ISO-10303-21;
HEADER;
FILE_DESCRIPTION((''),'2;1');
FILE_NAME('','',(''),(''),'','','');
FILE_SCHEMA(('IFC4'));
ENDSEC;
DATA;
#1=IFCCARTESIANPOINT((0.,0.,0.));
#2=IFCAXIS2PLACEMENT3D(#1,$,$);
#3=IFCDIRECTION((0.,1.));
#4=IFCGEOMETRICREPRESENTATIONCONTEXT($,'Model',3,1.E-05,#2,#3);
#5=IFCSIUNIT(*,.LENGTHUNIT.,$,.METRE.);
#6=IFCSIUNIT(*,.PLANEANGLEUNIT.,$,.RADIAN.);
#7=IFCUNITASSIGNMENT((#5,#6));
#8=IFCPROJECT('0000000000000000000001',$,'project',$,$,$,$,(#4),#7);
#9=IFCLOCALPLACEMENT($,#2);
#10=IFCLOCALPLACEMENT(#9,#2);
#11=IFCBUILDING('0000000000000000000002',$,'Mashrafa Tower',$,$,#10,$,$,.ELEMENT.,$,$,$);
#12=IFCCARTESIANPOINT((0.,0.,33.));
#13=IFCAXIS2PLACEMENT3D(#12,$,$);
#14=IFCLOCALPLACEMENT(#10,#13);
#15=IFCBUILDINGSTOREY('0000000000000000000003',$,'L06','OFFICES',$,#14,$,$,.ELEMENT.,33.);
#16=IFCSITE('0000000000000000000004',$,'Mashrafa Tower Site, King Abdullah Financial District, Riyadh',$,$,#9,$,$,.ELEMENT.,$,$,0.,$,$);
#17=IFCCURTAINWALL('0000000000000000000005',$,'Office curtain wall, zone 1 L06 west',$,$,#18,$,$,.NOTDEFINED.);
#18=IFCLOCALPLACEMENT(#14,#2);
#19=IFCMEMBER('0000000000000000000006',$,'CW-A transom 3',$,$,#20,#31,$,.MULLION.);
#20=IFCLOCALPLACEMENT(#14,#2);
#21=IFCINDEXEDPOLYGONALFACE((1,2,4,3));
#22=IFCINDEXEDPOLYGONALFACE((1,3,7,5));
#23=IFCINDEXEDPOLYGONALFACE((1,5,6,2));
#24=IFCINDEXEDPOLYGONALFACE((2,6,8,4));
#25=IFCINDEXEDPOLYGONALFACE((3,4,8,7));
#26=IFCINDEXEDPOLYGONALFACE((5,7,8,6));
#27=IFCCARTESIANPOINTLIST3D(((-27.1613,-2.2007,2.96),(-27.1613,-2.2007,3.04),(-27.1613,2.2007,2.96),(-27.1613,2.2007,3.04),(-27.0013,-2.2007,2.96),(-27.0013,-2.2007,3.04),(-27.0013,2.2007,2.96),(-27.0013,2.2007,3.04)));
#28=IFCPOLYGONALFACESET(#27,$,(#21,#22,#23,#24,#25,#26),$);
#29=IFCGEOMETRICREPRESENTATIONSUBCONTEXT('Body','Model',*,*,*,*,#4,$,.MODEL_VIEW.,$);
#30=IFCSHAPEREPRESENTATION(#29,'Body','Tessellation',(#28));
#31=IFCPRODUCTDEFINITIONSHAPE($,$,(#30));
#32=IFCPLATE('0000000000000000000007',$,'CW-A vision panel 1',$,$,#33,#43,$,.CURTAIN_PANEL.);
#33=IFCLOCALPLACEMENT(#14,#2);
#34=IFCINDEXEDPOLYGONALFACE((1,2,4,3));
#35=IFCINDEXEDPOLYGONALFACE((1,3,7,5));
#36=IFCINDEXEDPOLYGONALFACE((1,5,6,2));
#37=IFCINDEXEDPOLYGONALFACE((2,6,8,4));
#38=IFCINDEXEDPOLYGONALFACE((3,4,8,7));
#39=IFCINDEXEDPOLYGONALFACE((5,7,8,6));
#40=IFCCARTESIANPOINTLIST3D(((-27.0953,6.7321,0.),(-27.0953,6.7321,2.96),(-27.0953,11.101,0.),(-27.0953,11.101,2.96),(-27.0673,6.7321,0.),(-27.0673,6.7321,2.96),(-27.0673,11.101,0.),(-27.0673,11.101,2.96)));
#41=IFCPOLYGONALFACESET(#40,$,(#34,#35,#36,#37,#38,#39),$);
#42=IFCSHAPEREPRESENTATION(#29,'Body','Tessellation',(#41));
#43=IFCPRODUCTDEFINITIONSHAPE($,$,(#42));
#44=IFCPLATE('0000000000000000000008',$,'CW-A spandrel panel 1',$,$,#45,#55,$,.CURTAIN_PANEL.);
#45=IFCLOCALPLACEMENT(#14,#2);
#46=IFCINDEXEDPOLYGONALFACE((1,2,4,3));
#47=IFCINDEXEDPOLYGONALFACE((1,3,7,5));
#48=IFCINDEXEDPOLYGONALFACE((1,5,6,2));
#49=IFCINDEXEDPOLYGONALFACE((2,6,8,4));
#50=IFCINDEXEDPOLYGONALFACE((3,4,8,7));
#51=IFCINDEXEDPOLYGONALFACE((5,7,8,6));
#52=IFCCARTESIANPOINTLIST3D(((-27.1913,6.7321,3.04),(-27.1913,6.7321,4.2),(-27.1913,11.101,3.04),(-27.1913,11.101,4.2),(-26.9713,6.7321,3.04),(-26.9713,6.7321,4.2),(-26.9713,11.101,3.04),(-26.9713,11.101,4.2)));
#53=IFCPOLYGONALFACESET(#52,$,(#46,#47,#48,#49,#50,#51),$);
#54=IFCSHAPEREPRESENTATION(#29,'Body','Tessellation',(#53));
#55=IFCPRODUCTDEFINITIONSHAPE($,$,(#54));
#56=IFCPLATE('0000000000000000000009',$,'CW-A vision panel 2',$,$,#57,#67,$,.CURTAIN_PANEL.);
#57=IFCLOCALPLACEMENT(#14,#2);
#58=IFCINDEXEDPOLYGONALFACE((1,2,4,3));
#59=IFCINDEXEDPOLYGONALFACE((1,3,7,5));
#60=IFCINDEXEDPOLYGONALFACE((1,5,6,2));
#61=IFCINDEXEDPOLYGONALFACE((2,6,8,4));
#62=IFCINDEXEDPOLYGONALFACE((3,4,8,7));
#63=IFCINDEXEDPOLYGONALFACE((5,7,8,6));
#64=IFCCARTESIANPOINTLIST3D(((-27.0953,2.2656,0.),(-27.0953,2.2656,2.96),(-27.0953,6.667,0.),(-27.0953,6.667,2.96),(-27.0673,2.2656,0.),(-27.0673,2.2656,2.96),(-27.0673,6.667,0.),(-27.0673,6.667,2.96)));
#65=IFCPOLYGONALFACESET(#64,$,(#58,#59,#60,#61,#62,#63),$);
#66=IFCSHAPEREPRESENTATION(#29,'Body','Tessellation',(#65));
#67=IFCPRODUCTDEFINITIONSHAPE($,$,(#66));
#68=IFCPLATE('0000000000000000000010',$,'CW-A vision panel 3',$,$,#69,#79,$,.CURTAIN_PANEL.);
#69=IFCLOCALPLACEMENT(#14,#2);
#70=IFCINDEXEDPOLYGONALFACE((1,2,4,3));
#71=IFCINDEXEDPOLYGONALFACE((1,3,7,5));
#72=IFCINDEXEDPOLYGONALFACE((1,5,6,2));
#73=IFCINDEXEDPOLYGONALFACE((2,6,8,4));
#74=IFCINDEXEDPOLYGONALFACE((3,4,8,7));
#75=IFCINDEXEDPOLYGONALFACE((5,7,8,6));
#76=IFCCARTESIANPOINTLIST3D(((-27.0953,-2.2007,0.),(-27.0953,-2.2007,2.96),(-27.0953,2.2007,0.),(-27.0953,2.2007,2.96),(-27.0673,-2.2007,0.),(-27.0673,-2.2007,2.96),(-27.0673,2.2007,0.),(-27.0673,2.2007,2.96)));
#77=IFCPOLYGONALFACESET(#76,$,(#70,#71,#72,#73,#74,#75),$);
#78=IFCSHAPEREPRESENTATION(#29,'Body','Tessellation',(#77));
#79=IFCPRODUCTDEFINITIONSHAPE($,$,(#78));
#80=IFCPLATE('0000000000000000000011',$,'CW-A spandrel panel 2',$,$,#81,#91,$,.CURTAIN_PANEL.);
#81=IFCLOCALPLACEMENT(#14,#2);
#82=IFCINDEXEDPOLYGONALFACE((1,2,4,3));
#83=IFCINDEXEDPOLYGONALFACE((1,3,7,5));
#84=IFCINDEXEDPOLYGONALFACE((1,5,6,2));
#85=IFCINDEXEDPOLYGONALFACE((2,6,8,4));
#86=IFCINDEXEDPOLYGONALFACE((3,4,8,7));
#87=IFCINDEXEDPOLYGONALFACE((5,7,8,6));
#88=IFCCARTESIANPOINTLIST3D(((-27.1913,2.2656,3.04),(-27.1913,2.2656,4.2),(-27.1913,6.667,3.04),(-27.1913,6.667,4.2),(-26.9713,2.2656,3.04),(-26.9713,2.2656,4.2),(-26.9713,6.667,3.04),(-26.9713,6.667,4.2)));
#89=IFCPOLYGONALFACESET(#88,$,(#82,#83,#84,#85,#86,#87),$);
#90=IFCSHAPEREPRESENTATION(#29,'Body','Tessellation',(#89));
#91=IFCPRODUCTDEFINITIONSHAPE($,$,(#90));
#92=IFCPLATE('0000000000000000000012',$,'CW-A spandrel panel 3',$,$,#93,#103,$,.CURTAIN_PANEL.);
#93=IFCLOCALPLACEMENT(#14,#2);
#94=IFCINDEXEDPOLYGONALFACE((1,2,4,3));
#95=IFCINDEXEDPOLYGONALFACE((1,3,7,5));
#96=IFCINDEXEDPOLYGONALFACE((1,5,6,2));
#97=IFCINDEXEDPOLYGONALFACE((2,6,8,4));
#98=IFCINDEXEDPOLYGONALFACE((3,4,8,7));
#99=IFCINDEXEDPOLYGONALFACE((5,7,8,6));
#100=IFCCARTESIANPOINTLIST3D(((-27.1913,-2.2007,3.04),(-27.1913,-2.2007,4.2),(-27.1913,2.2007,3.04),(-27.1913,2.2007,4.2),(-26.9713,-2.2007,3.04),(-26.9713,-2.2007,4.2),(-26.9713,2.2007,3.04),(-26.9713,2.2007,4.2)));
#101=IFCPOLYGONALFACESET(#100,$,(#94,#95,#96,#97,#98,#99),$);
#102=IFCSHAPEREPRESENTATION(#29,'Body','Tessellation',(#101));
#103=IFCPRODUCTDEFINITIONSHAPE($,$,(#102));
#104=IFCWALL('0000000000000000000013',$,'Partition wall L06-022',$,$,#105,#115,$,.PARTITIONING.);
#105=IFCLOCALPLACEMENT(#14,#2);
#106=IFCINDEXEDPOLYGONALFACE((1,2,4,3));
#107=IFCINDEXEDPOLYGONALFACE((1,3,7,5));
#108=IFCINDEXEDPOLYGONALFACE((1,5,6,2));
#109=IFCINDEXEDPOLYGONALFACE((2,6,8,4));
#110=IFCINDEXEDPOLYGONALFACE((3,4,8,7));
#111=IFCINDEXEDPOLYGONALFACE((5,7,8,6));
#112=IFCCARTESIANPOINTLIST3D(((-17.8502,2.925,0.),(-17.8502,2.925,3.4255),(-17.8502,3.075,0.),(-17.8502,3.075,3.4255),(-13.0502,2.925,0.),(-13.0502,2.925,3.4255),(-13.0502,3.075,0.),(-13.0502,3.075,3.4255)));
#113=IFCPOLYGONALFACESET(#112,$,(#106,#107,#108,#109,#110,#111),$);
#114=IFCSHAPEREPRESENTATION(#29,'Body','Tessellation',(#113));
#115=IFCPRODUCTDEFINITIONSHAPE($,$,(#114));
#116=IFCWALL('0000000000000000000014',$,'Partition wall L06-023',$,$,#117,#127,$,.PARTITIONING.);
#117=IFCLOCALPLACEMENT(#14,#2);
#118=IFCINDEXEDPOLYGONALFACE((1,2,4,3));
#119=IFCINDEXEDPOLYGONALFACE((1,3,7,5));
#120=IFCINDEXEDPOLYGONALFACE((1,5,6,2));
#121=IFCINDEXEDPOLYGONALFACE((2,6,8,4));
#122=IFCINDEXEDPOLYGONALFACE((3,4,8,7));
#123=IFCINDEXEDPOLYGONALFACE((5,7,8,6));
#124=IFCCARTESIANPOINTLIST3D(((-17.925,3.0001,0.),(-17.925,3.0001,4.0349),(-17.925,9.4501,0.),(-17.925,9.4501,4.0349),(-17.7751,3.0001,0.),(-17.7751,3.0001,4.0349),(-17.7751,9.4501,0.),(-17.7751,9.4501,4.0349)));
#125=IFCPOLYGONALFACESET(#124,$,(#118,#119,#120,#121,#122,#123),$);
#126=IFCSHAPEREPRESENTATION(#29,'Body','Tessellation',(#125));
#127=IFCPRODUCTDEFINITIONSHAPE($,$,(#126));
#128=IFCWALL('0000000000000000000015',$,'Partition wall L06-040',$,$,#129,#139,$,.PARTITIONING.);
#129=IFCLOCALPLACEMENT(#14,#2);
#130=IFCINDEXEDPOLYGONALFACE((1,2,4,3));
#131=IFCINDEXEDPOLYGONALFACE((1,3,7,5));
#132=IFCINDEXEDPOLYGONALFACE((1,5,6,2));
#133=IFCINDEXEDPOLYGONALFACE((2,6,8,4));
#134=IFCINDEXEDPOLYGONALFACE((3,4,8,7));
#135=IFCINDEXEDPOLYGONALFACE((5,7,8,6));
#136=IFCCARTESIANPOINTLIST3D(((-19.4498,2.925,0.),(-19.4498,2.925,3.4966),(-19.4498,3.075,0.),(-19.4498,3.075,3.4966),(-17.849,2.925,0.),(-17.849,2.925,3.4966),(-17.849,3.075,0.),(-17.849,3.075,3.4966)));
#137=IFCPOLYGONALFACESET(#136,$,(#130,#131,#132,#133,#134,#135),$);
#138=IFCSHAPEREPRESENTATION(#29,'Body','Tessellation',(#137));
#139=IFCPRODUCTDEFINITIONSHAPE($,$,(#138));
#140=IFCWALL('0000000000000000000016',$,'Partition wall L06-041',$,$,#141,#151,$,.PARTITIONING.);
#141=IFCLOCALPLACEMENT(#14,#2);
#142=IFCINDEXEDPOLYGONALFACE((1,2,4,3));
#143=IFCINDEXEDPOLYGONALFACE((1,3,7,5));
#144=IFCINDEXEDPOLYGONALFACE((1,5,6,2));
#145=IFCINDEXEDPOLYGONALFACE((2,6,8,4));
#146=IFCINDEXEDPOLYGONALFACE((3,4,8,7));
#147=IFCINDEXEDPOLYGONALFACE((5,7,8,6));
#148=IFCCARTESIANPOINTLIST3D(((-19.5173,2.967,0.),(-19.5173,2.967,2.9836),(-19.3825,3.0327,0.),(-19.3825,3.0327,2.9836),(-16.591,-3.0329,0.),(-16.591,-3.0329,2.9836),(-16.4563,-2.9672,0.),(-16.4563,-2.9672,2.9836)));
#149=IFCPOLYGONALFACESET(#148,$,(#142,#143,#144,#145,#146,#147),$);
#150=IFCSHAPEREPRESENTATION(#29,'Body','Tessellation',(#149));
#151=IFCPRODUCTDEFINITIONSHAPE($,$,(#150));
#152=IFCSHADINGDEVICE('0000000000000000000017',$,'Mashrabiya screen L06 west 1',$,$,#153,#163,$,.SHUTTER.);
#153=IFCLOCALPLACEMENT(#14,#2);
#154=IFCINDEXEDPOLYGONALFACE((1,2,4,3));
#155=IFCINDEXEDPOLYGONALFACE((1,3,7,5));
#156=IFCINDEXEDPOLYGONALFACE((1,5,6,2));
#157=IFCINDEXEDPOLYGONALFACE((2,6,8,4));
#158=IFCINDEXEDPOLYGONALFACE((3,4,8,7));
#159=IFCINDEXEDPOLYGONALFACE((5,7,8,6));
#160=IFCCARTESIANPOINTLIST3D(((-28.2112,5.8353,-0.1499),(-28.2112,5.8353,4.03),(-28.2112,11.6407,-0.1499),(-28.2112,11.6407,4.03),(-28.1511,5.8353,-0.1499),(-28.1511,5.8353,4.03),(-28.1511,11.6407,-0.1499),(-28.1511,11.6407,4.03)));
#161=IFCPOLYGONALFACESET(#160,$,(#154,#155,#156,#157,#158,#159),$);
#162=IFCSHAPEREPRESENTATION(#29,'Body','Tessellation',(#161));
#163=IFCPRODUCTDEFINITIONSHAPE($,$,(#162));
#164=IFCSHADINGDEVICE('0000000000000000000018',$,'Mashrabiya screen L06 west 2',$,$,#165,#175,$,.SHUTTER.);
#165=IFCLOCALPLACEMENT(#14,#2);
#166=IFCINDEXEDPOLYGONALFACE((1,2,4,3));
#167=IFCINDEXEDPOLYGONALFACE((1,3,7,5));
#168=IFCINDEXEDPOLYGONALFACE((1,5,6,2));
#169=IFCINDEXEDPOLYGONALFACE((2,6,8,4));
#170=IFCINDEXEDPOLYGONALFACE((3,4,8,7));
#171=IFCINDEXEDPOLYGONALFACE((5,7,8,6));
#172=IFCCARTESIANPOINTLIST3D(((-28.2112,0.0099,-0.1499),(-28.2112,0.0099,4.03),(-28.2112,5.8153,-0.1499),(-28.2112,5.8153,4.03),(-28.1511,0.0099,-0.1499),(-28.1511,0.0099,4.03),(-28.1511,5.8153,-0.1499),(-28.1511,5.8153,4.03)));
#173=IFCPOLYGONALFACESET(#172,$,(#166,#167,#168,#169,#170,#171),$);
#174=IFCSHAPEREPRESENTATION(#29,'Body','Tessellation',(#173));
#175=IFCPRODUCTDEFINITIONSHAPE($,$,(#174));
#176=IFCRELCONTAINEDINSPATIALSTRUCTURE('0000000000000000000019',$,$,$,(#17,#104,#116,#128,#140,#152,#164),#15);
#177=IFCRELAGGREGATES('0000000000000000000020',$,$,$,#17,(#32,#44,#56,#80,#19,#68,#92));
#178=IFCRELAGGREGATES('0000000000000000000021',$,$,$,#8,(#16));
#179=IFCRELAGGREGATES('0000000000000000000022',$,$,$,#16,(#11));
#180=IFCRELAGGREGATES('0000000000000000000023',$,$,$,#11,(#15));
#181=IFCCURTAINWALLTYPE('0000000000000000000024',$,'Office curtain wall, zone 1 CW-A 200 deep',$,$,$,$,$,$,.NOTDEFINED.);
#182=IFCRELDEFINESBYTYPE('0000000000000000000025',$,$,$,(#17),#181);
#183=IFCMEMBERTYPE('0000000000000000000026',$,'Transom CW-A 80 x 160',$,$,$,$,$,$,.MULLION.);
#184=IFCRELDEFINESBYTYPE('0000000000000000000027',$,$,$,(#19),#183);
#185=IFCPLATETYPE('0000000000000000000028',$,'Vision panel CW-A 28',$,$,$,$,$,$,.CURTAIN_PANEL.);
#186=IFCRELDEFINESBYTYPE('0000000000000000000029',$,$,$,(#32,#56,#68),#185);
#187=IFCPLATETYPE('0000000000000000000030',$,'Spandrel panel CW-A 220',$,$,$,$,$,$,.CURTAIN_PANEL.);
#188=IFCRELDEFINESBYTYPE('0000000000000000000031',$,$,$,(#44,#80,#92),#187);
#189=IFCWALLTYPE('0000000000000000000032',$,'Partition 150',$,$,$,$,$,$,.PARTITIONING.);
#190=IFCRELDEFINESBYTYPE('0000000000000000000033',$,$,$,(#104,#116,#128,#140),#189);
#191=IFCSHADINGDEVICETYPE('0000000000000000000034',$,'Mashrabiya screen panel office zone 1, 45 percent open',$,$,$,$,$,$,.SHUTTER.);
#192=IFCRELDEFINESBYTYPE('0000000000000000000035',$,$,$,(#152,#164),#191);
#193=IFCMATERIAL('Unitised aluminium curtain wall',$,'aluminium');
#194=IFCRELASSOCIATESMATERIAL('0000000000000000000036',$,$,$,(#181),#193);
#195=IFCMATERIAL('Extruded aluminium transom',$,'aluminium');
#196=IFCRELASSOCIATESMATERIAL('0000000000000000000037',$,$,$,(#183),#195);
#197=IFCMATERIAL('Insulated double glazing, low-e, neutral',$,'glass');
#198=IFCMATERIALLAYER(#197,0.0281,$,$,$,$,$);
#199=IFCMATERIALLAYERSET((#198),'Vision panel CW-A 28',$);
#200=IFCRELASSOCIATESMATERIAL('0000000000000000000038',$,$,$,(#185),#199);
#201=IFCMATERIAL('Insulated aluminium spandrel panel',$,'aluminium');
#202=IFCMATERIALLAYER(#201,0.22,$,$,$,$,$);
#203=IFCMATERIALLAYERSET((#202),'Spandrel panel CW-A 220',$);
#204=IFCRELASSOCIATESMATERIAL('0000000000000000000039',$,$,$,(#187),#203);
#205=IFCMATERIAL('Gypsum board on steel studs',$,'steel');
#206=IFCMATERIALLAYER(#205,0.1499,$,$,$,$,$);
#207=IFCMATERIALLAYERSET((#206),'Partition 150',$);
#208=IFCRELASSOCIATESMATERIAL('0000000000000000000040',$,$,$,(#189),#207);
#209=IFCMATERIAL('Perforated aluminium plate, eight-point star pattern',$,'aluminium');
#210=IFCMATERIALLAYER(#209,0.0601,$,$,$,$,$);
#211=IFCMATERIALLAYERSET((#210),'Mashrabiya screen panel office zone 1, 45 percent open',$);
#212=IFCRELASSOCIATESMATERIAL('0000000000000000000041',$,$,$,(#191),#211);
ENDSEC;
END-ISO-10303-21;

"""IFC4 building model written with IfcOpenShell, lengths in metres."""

from ifc_helpers import new_model, si_unit, direction, frame, frame_2d, origin, origin_2d, place, context, subcontext, project, spatial, rectangle, extrude, source, transform, mapped, material, layer, layer_set, material_profile, profile_set, type_object, type_shapes, element, aggregate, save


model = new_model("IFC4")

# Units and contexts
model_context = context("Model", 3, precision=1e-05, world=origin(), true_north=direction((0.0, 1.0)))
body_context = subcontext(model_context, "Body", "Model", "MODEL_VIEW")
ifc_project = project(units=[si_unit("LENGTHUNIT", "METRE"), si_unit("PLANEANGLEUNIT", "RADIAN")], contexts=[model_context])

# Site, building, storey
site_placement = place(None, origin())
site = spatial("IfcSite", under=ifc_project, at=site_placement, Name="Mashrafa Tower Site, King Abdullah Financial District, Riyadh", CompositionType="ELEMENT", RefElevation=0.0)
building_placement = place(site_placement, origin())
building = spatial("IfcBuilding", under=site, at=building_placement, Name="Mashrafa Tower", CompositionType="ELEMENT")
storey_placement = place(building_placement, frame((0.0, 0.0, 33.0)))
storey = spatial("IfcBuildingStorey", under=building, at=storey_placement, Name="L06", Description="OFFICES", CompositionType="ELEMENT", Elevation=33.0)

# Curtain wall, member, plates
ifc_material_1 = material(Name="Unitised aluminium curtain wall", Category="aluminium")
curtain_wall_type = type_object("IfcCurtainWallType", Name="Office curtain wall, zone 1 CW-A 200 deep", PredefinedType="NOTDEFINED", material=ifc_material_1)
curtain_wall_placement = place(storey_placement, origin())
curtain_wall = element("IfcCurtainWall", 1, at=curtain_wall_placement, inside=storey, type_object=curtain_wall_type, Name="Office curtain wall, zone 1 L06 west", PredefinedType="NOTDEFINED")
ifc_material_2 = material(Name="Extruded aluminium transom", Category="aluminium")
ifc_material_profile_1 = material_profile(ifc_material_2, rectangle(XDim=0.1599, YDim=0.0801, at=origin_2d()), Name="Transom 80x160")
ifc_profile_set_1 = profile_set([ifc_material_profile_1], Name="Extruded aluminium transom")
member_type_1 = type_object("IfcMemberType", Name="Transom CW-A 80 x 160", PredefinedType="MULLION", material=ifc_profile_set_1)
shared_shape_1 = source(origin(), body_context, "Body", "SweptSolid", [
    extrude(rectangle(XDim=0.1599, YDim=0.0801, at=origin_2d()), origin(), (0.0, 0.0, 1.0), 4.4014),
])
type_shapes(member_type_1, [shared_shape_1])
member_1_placement = place(storey_placement, frame((-27.0813, 2.2007, 3.0), z_axis=(0.0, -1.0, 0.0), x_axis=(1.0, 0.0, 0.0)))
member_1 = element("IfcMember", 2, at=member_1_placement, type_object=member_type_1, Name="CW-A transom 3", PredefinedType="MULLION", context=body_context, shape_type="MappedRepresentation", body=[
    mapped(shared_shape_1, transform((0.0, 0.0, 0.0))),
])
ifc_material_3 = material(Name="Insulated double glazing, low-e, neutral", Category="glass")
ifc_layer_1 = layer(ifc_material_3, 0.0281)
ifc_layer_set_1 = layer_set([ifc_layer_1], Name="Vision panel CW-A 28")
plate_type_1 = type_object("IfcPlateType", Name="Vision panel CW-A 28", PredefinedType="CURTAIN_PANEL", material=ifc_layer_set_1)
shared_shape_2 = source(origin(), body_context, "Body", "SweptSolid", [
    extrude(rectangle(XDim=4.3689, YDim=0.0281, at=origin_2d()), origin(), (0.0, 0.0, 1.0), 2.96),
])
plate_1_placement = place(storey_placement, frame((-27.0813, 8.9165, 0.0), z_axis=(0.0, 0.0, 1.0), x_axis=(0.0, -1.0, 0.0)))
plate_1 = element("IfcPlate", 3, at=plate_1_placement, type_object=plate_type_1, Name="CW-A vision panel 1", PredefinedType="CURTAIN_PANEL", context=body_context, shape_type="MappedRepresentation", body=[
    mapped(shared_shape_2, transform((0.0, 0.0, 0.0))),
])
ifc_material_4 = material(Name="Insulated aluminium spandrel panel", Category="aluminium")
ifc_layer_2 = layer(ifc_material_4, 0.22)
ifc_layer_set_2 = layer_set([ifc_layer_2], Name="Spandrel panel CW-A 220")
plate_type_2 = type_object("IfcPlateType", Name="Spandrel panel CW-A 220", PredefinedType="CURTAIN_PANEL", material=ifc_layer_set_2)
shared_shape_3 = source(origin(), body_context, "Body", "SweptSolid", [
    extrude(rectangle(XDim=4.3689, YDim=0.22, at=origin_2d()), origin(), (0.0, 0.0, 1.0), 1.1599),
])
plate_2_placement = place(storey_placement, frame((-27.0813, 8.9165, 3.04), z_axis=(0.0, 0.0, 1.0), x_axis=(0.0, -1.0, 0.0)))
plate_2 = element("IfcPlate", 4, at=plate_2_placement, type_object=plate_type_2, Name="CW-A spandrel panel 1", PredefinedType="CURTAIN_PANEL", context=body_context, shape_type="MappedRepresentation", body=[
    mapped(shared_shape_3, transform((0.0, 0.0, 0.0))),
])
shared_shape_4 = source(origin(), body_context, "Body", "SweptSolid", [
    extrude(rectangle(XDim=4.4014, YDim=0.0281, at=origin_2d()), origin(), (0.0, 0.0, 1.0), 2.96),
])
type_shapes(plate_type_1, [shared_shape_2, shared_shape_4])
plate_3_placement = place(storey_placement, frame((-27.0813, 4.4663, 0.0), z_axis=(0.0, 0.0, 1.0), x_axis=(0.0, -1.0, 0.0)))
plate_3 = element("IfcPlate", 5, at=plate_3_placement, type_object=plate_type_1, Name="CW-A vision panel 2", PredefinedType="CURTAIN_PANEL", context=body_context, shape_type="MappedRepresentation", body=[
    mapped(shared_shape_4, transform((0.0, 0.0, 0.0))),
])
plate_4_placement = place(storey_placement, frame((-27.0813, 0.0, 0.0), z_axis=(0.0, 0.0, 1.0), x_axis=(0.0, -1.0, 0.0)))
plate_4 = element("IfcPlate", 6, at=plate_4_placement, type_object=plate_type_1, Name="CW-A vision panel 3", PredefinedType="CURTAIN_PANEL", context=body_context, shape_type="MappedRepresentation", body=[
    mapped(shared_shape_4, transform((0.0, 0.0, 0.0))),
])
shared_shape_5 = source(origin(), body_context, "Body", "SweptSolid", [
    extrude(rectangle(XDim=4.4014, YDim=0.22, at=origin_2d()), origin(), (0.0, 0.0, 1.0), 1.1599),
])
type_shapes(plate_type_2, [shared_shape_3, shared_shape_5])
plate_5_placement = place(storey_placement, frame((-27.0813, 4.4663, 3.04), z_axis=(0.0, 0.0, 1.0), x_axis=(0.0, -1.0, 0.0)))
plate_5 = element("IfcPlate", 7, at=plate_5_placement, type_object=plate_type_2, Name="CW-A spandrel panel 2", PredefinedType="CURTAIN_PANEL", context=body_context, shape_type="MappedRepresentation", body=[
    mapped(shared_shape_5, transform((0.0, 0.0, 0.0))),
])
plate_6_placement = place(storey_placement, frame((-27.0813, 0.0, 3.04), z_axis=(0.0, 0.0, 1.0), x_axis=(0.0, -1.0, 0.0)))
plate_6 = element("IfcPlate", 8, at=plate_6_placement, type_object=plate_type_2, Name="CW-A spandrel panel 3", PredefinedType="CURTAIN_PANEL", context=body_context, shape_type="MappedRepresentation", body=[
    mapped(shared_shape_5, transform((0.0, 0.0, 0.0))),
])
aggregate(curtain_wall, [plate_1, plate_2, plate_3, plate_5, member_1, plate_4, plate_6])

# Walls
ifc_material_5 = material(Name="Gypsum board on steel studs", Category="steel")
ifc_layer_3 = layer(ifc_material_5, 0.1499)
ifc_layer_set_3 = layer_set([ifc_layer_3], Name="Partition 150")
wall_type = type_object("IfcWallType", Name="Partition 150", PredefinedType="PARTITIONING", material=ifc_layer_set_3)
wall_1_placement = place(storey_placement, frame((-17.8501, 3.0, 0.0), z_axis=(0.0, 0.0, 1.0), x_axis=(1.0, 0.0, 0.0)))
element("IfcWall", 9, at=wall_1_placement, inside=storey, type_object=wall_type, Name="Partition wall L06-022", PredefinedType="PARTITIONING", context=body_context, shape_type="SweptSolid", body=[
    extrude(rectangle(XDim=4.8, YDim=0.1499, at=frame_2d((2.3999, 0.0))), origin(), (0.0, 0.0, 1.0), 3.4255),
])
wall_2_placement = place(storey_placement, frame((-17.8501, 3.0, 0.0), z_axis=(0.0, 0.0, 1.0), x_axis=(0.0, 1.0, 0.0)))
element("IfcWall", 10, at=wall_2_placement, inside=storey, type_object=wall_type, Name="Partition wall L06-023", PredefinedType="PARTITIONING", context=body_context, shape_type="SweptSolid", body=[
    extrude(rectangle(XDim=6.45, YDim=0.1499, at=frame_2d((3.2251, 0.0))), origin(), (0.0, 0.0, 1.0), 4.0349),
])
wall_3_placement = place(storey_placement, frame((-17.8491, 3.0, 0.0), z_axis=(0.0, 0.0, 1.0), x_axis=(-1.0, 0.0, 0.0)))
element("IfcWall", 11, at=wall_3_placement, inside=storey, type_object=wall_type, Name="Partition wall L06-040", PredefinedType="PARTITIONING", context=body_context, shape_type="SweptSolid", body=[
    extrude(rectangle(XDim=1.6008, YDim=0.1499, at=frame_2d((0.8003, 0.0))), origin(), (0.0, 0.0, 1.0), 3.4966),
])
wall_4_placement = place(storey_placement, frame((-19.45, 3.0, 0.0), z_axis=(0.0, 0.0, 1.0), x_axis=(0.438356, -0.898801, 0.0)))
element("IfcWall", 12, at=wall_4_placement, inside=storey, type_object=wall_type, Name="Partition wall L06-041", PredefinedType="PARTITIONING", context=body_context, shape_type="SweptSolid", body=[
    extrude(rectangle(XDim=6.6755, YDim=0.1499, at=frame_2d((3.3379, 0.0))), origin(), (0.0, 0.0, 1.0), 2.9836),
])

# Shading devices
ifc_material_6 = material(Name="Perforated aluminium plate, eight-point star pattern", Category="aluminium")
ifc_layer_4 = layer(ifc_material_6, 0.0601)
ifc_layer_set_4 = layer_set([ifc_layer_4], Name="Mashrabiya screen panel office zone 1, 45 percent open")
shading_device_type = type_object("IfcShadingDeviceType", Name="Mashrabiya screen panel office zone 1, 45 percent open", PredefinedType="SHUTTER", material=ifc_layer_set_4)
shared_shape_6 = source(origin(), body_context, "Body", "SweptSolid", [
    extrude(rectangle(XDim=5.8054, YDim=0.0601, at=origin_2d()), origin(), (0.0, 0.0, 1.0), 4.1799),
])
type_shapes(shading_device_type, [shared_shape_6])
for number, where, z_axis, x_axis, name in (
    (13, (-28.1812, 8.738, -0.1499), (0.0, 0.0, 1.0), (0.0, -1.0, 0.0), "Mashrabiya screen L06 west 1"),
    (14, (-28.1812, 2.9126, -0.1499), (0.0, 0.0, 1.0), (0.0, -1.0, 0.0), "Mashrabiya screen L06 west 2"),
):
    element("IfcShadingDevice", number, at=place(storey_placement, frame(where, z_axis=z_axis, x_axis=x_axis)), inside=storey, type_object=shading_device_type, Name=name, PredefinedType="SHUTTER", context=body_context, shape_type="MappedRepresentation", body=[
        mapped(shared_shape_6, transform((0.0, 0.0, 0.0))),
    ])

save(model, "model.ifc")
